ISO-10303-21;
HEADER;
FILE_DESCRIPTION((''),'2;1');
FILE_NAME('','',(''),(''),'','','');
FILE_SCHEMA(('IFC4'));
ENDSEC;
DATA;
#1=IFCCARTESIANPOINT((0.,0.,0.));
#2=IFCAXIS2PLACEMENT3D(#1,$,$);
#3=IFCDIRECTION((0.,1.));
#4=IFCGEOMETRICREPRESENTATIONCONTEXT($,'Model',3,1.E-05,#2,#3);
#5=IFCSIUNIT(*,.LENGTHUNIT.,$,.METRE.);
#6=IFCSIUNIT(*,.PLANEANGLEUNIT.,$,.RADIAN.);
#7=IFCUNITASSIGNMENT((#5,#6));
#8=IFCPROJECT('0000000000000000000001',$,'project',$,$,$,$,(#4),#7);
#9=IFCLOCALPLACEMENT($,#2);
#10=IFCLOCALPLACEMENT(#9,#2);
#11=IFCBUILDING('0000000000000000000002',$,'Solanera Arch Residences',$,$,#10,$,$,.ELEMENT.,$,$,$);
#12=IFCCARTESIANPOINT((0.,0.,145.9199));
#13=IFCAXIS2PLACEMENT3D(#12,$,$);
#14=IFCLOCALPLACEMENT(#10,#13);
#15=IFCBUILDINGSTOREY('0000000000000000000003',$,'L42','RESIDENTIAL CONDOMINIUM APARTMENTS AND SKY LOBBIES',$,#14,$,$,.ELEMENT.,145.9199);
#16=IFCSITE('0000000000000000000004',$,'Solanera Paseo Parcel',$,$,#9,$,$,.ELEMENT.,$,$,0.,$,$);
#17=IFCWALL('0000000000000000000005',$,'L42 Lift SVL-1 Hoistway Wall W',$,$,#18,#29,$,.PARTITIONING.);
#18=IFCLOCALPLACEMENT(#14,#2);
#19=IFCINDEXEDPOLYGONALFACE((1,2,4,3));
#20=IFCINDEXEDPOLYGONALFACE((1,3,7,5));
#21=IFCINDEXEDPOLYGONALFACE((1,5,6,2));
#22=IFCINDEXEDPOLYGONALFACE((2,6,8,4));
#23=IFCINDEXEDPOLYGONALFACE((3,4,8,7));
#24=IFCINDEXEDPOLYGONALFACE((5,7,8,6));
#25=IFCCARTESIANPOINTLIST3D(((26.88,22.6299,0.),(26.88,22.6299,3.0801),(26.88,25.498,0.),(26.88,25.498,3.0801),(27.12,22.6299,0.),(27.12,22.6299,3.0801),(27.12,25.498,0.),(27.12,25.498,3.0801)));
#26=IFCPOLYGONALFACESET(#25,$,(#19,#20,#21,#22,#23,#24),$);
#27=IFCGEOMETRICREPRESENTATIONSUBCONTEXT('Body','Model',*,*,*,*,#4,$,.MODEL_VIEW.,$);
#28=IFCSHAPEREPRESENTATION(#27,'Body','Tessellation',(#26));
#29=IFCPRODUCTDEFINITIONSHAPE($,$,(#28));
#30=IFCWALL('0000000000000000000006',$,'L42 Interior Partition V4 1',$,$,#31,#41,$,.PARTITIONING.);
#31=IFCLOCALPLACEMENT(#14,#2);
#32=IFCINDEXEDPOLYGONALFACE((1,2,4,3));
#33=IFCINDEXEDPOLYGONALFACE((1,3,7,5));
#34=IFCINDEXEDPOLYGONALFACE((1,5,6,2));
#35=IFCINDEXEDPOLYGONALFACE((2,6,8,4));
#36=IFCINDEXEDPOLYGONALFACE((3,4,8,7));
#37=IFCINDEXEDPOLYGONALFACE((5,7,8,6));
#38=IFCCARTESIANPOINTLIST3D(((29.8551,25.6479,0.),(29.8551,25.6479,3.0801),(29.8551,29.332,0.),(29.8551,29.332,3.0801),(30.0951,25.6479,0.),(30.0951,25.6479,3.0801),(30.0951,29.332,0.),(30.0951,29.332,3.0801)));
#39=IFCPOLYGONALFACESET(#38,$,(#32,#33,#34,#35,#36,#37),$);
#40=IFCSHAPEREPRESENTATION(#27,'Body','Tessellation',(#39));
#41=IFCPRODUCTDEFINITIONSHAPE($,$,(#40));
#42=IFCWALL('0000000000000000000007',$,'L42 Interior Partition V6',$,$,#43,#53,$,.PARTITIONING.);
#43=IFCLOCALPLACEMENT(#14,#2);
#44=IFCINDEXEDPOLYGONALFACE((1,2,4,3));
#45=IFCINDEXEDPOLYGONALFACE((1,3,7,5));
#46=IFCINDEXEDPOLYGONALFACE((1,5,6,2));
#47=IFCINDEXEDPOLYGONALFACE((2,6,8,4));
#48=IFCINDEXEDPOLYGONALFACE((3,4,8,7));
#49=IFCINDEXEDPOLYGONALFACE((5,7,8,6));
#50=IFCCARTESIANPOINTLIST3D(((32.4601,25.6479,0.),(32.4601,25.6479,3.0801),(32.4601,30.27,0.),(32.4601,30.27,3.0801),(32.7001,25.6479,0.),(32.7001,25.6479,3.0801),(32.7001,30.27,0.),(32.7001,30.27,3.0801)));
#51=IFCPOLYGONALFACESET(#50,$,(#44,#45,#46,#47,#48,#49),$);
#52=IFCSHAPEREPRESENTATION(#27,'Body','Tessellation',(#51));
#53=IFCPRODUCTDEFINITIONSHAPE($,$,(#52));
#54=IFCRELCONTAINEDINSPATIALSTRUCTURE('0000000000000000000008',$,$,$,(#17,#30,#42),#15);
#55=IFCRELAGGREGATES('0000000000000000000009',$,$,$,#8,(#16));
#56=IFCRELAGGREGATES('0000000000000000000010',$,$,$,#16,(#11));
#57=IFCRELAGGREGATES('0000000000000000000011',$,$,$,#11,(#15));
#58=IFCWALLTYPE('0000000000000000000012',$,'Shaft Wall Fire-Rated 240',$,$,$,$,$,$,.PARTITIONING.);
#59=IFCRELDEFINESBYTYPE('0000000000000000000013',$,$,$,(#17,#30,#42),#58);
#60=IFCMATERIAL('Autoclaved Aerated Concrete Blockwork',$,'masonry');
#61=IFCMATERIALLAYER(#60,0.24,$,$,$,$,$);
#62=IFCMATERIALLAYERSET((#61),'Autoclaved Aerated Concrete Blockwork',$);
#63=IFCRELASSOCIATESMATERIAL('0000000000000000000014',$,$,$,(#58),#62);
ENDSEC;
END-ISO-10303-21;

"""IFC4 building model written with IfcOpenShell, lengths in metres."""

from ifc_helpers import new_model, si_unit, direction, frame, frame_2d, origin, place, context, subcontext, project, spatial, rectangle, extrude, material, layer, layer_set, type_object, element, save


model = new_model("IFC4")

# Units and contexts
model_context = context("Model", 3, precision=1e-05, world=origin(), true_north=direction((0.0, 1.0)))
body_context = subcontext(model_context, "Body", "Model", "MODEL_VIEW")
ifc_project = project(units=[si_unit("LENGTHUNIT", "METRE"), si_unit("PLANEANGLEUNIT", "RADIAN")], contexts=[model_context])

# Site, building, storey
site_placement = place(None, origin())
site = spatial("IfcSite", under=ifc_project, at=site_placement, Name="Solanera Paseo Parcel", CompositionType="ELEMENT", RefElevation=0.0)
building_placement = place(site_placement, origin())
building = spatial("IfcBuilding", under=site, at=building_placement, Name="Solanera Arch Residences", CompositionType="ELEMENT")
storey_placement = place(building_placement, frame((0.0, 0.0, 145.9199)))
storey = spatial("IfcBuildingStorey", under=building, at=storey_placement, Name="L42", Description="RESIDENTIAL CONDOMINIUM APARTMENTS AND SKY LOBBIES", CompositionType="ELEMENT", Elevation=145.9199)

# Walls
ifc_material_1 = material(Name="Autoclaved Aerated Concrete Blockwork", Category="masonry")
ifc_layer_1 = layer(ifc_material_1, 0.24)
ifc_layer_set_1 = layer_set([ifc_layer_1], Name="Autoclaved Aerated Concrete Blockwork")
wall_type_1 = type_object("IfcWallType", Name="Shaft Wall Fire-Rated 240", PredefinedType="PARTITIONING", material=ifc_layer_set_1)
wall_1_placement = place(storey_placement, frame((27.0, 22.6299, 0.0), z_axis=(0.0, 0.0, 1.0), x_axis=(0.0, 1.0, 0.0)))
element("IfcWall", 1, at=wall_1_placement, inside=storey, type_object=wall_type_1, Name="L42 Lift SVL-1 Hoistway Wall W", PredefinedType="PARTITIONING", context=body_context, shape_type="SweptSolid", body=[
    extrude(rectangle(XDim=2.8682, YDim=0.24, at=frame_2d((1.4341, 0.0))), origin(), (0.0, 0.0, 1.0), 3.0801),
])
wall_2_placement = place(storey_placement, frame((29.9751, 25.6479, 0.0), z_axis=(0.0, 0.0, 1.0), x_axis=(0.0, 1.0, 0.0)))
element("IfcWall", 2, at=wall_2_placement, inside=storey, type_object=wall_type_1, Name="L42 Interior Partition V4 1", PredefinedType="PARTITIONING", context=body_context, shape_type="SweptSolid", body=[
    extrude(rectangle(XDim=3.6841, YDim=0.24, at=frame_2d((1.842, 0.0))), origin(), (0.0, 0.0, 1.0), 3.0801),
])

# Wall
wall_3_placement = place(storey_placement, frame((32.5801, 25.6479, 0.0), z_axis=(0.0, 0.0, 1.0), x_axis=(0.0, 1.0, 0.0)))
element("IfcWall", 3, at=wall_3_placement, inside=storey, type_object=wall_type_1, Name="L42 Interior Partition V6", PredefinedType="PARTITIONING", context=body_context, shape_type="SweptSolid", body=[
    extrude(rectangle(XDim=4.6221, YDim=0.24, at=frame_2d((2.311, 0.0))), origin(), (0.0, 0.0, 1.0), 3.0801),
])

save(model, "model.ifc")
